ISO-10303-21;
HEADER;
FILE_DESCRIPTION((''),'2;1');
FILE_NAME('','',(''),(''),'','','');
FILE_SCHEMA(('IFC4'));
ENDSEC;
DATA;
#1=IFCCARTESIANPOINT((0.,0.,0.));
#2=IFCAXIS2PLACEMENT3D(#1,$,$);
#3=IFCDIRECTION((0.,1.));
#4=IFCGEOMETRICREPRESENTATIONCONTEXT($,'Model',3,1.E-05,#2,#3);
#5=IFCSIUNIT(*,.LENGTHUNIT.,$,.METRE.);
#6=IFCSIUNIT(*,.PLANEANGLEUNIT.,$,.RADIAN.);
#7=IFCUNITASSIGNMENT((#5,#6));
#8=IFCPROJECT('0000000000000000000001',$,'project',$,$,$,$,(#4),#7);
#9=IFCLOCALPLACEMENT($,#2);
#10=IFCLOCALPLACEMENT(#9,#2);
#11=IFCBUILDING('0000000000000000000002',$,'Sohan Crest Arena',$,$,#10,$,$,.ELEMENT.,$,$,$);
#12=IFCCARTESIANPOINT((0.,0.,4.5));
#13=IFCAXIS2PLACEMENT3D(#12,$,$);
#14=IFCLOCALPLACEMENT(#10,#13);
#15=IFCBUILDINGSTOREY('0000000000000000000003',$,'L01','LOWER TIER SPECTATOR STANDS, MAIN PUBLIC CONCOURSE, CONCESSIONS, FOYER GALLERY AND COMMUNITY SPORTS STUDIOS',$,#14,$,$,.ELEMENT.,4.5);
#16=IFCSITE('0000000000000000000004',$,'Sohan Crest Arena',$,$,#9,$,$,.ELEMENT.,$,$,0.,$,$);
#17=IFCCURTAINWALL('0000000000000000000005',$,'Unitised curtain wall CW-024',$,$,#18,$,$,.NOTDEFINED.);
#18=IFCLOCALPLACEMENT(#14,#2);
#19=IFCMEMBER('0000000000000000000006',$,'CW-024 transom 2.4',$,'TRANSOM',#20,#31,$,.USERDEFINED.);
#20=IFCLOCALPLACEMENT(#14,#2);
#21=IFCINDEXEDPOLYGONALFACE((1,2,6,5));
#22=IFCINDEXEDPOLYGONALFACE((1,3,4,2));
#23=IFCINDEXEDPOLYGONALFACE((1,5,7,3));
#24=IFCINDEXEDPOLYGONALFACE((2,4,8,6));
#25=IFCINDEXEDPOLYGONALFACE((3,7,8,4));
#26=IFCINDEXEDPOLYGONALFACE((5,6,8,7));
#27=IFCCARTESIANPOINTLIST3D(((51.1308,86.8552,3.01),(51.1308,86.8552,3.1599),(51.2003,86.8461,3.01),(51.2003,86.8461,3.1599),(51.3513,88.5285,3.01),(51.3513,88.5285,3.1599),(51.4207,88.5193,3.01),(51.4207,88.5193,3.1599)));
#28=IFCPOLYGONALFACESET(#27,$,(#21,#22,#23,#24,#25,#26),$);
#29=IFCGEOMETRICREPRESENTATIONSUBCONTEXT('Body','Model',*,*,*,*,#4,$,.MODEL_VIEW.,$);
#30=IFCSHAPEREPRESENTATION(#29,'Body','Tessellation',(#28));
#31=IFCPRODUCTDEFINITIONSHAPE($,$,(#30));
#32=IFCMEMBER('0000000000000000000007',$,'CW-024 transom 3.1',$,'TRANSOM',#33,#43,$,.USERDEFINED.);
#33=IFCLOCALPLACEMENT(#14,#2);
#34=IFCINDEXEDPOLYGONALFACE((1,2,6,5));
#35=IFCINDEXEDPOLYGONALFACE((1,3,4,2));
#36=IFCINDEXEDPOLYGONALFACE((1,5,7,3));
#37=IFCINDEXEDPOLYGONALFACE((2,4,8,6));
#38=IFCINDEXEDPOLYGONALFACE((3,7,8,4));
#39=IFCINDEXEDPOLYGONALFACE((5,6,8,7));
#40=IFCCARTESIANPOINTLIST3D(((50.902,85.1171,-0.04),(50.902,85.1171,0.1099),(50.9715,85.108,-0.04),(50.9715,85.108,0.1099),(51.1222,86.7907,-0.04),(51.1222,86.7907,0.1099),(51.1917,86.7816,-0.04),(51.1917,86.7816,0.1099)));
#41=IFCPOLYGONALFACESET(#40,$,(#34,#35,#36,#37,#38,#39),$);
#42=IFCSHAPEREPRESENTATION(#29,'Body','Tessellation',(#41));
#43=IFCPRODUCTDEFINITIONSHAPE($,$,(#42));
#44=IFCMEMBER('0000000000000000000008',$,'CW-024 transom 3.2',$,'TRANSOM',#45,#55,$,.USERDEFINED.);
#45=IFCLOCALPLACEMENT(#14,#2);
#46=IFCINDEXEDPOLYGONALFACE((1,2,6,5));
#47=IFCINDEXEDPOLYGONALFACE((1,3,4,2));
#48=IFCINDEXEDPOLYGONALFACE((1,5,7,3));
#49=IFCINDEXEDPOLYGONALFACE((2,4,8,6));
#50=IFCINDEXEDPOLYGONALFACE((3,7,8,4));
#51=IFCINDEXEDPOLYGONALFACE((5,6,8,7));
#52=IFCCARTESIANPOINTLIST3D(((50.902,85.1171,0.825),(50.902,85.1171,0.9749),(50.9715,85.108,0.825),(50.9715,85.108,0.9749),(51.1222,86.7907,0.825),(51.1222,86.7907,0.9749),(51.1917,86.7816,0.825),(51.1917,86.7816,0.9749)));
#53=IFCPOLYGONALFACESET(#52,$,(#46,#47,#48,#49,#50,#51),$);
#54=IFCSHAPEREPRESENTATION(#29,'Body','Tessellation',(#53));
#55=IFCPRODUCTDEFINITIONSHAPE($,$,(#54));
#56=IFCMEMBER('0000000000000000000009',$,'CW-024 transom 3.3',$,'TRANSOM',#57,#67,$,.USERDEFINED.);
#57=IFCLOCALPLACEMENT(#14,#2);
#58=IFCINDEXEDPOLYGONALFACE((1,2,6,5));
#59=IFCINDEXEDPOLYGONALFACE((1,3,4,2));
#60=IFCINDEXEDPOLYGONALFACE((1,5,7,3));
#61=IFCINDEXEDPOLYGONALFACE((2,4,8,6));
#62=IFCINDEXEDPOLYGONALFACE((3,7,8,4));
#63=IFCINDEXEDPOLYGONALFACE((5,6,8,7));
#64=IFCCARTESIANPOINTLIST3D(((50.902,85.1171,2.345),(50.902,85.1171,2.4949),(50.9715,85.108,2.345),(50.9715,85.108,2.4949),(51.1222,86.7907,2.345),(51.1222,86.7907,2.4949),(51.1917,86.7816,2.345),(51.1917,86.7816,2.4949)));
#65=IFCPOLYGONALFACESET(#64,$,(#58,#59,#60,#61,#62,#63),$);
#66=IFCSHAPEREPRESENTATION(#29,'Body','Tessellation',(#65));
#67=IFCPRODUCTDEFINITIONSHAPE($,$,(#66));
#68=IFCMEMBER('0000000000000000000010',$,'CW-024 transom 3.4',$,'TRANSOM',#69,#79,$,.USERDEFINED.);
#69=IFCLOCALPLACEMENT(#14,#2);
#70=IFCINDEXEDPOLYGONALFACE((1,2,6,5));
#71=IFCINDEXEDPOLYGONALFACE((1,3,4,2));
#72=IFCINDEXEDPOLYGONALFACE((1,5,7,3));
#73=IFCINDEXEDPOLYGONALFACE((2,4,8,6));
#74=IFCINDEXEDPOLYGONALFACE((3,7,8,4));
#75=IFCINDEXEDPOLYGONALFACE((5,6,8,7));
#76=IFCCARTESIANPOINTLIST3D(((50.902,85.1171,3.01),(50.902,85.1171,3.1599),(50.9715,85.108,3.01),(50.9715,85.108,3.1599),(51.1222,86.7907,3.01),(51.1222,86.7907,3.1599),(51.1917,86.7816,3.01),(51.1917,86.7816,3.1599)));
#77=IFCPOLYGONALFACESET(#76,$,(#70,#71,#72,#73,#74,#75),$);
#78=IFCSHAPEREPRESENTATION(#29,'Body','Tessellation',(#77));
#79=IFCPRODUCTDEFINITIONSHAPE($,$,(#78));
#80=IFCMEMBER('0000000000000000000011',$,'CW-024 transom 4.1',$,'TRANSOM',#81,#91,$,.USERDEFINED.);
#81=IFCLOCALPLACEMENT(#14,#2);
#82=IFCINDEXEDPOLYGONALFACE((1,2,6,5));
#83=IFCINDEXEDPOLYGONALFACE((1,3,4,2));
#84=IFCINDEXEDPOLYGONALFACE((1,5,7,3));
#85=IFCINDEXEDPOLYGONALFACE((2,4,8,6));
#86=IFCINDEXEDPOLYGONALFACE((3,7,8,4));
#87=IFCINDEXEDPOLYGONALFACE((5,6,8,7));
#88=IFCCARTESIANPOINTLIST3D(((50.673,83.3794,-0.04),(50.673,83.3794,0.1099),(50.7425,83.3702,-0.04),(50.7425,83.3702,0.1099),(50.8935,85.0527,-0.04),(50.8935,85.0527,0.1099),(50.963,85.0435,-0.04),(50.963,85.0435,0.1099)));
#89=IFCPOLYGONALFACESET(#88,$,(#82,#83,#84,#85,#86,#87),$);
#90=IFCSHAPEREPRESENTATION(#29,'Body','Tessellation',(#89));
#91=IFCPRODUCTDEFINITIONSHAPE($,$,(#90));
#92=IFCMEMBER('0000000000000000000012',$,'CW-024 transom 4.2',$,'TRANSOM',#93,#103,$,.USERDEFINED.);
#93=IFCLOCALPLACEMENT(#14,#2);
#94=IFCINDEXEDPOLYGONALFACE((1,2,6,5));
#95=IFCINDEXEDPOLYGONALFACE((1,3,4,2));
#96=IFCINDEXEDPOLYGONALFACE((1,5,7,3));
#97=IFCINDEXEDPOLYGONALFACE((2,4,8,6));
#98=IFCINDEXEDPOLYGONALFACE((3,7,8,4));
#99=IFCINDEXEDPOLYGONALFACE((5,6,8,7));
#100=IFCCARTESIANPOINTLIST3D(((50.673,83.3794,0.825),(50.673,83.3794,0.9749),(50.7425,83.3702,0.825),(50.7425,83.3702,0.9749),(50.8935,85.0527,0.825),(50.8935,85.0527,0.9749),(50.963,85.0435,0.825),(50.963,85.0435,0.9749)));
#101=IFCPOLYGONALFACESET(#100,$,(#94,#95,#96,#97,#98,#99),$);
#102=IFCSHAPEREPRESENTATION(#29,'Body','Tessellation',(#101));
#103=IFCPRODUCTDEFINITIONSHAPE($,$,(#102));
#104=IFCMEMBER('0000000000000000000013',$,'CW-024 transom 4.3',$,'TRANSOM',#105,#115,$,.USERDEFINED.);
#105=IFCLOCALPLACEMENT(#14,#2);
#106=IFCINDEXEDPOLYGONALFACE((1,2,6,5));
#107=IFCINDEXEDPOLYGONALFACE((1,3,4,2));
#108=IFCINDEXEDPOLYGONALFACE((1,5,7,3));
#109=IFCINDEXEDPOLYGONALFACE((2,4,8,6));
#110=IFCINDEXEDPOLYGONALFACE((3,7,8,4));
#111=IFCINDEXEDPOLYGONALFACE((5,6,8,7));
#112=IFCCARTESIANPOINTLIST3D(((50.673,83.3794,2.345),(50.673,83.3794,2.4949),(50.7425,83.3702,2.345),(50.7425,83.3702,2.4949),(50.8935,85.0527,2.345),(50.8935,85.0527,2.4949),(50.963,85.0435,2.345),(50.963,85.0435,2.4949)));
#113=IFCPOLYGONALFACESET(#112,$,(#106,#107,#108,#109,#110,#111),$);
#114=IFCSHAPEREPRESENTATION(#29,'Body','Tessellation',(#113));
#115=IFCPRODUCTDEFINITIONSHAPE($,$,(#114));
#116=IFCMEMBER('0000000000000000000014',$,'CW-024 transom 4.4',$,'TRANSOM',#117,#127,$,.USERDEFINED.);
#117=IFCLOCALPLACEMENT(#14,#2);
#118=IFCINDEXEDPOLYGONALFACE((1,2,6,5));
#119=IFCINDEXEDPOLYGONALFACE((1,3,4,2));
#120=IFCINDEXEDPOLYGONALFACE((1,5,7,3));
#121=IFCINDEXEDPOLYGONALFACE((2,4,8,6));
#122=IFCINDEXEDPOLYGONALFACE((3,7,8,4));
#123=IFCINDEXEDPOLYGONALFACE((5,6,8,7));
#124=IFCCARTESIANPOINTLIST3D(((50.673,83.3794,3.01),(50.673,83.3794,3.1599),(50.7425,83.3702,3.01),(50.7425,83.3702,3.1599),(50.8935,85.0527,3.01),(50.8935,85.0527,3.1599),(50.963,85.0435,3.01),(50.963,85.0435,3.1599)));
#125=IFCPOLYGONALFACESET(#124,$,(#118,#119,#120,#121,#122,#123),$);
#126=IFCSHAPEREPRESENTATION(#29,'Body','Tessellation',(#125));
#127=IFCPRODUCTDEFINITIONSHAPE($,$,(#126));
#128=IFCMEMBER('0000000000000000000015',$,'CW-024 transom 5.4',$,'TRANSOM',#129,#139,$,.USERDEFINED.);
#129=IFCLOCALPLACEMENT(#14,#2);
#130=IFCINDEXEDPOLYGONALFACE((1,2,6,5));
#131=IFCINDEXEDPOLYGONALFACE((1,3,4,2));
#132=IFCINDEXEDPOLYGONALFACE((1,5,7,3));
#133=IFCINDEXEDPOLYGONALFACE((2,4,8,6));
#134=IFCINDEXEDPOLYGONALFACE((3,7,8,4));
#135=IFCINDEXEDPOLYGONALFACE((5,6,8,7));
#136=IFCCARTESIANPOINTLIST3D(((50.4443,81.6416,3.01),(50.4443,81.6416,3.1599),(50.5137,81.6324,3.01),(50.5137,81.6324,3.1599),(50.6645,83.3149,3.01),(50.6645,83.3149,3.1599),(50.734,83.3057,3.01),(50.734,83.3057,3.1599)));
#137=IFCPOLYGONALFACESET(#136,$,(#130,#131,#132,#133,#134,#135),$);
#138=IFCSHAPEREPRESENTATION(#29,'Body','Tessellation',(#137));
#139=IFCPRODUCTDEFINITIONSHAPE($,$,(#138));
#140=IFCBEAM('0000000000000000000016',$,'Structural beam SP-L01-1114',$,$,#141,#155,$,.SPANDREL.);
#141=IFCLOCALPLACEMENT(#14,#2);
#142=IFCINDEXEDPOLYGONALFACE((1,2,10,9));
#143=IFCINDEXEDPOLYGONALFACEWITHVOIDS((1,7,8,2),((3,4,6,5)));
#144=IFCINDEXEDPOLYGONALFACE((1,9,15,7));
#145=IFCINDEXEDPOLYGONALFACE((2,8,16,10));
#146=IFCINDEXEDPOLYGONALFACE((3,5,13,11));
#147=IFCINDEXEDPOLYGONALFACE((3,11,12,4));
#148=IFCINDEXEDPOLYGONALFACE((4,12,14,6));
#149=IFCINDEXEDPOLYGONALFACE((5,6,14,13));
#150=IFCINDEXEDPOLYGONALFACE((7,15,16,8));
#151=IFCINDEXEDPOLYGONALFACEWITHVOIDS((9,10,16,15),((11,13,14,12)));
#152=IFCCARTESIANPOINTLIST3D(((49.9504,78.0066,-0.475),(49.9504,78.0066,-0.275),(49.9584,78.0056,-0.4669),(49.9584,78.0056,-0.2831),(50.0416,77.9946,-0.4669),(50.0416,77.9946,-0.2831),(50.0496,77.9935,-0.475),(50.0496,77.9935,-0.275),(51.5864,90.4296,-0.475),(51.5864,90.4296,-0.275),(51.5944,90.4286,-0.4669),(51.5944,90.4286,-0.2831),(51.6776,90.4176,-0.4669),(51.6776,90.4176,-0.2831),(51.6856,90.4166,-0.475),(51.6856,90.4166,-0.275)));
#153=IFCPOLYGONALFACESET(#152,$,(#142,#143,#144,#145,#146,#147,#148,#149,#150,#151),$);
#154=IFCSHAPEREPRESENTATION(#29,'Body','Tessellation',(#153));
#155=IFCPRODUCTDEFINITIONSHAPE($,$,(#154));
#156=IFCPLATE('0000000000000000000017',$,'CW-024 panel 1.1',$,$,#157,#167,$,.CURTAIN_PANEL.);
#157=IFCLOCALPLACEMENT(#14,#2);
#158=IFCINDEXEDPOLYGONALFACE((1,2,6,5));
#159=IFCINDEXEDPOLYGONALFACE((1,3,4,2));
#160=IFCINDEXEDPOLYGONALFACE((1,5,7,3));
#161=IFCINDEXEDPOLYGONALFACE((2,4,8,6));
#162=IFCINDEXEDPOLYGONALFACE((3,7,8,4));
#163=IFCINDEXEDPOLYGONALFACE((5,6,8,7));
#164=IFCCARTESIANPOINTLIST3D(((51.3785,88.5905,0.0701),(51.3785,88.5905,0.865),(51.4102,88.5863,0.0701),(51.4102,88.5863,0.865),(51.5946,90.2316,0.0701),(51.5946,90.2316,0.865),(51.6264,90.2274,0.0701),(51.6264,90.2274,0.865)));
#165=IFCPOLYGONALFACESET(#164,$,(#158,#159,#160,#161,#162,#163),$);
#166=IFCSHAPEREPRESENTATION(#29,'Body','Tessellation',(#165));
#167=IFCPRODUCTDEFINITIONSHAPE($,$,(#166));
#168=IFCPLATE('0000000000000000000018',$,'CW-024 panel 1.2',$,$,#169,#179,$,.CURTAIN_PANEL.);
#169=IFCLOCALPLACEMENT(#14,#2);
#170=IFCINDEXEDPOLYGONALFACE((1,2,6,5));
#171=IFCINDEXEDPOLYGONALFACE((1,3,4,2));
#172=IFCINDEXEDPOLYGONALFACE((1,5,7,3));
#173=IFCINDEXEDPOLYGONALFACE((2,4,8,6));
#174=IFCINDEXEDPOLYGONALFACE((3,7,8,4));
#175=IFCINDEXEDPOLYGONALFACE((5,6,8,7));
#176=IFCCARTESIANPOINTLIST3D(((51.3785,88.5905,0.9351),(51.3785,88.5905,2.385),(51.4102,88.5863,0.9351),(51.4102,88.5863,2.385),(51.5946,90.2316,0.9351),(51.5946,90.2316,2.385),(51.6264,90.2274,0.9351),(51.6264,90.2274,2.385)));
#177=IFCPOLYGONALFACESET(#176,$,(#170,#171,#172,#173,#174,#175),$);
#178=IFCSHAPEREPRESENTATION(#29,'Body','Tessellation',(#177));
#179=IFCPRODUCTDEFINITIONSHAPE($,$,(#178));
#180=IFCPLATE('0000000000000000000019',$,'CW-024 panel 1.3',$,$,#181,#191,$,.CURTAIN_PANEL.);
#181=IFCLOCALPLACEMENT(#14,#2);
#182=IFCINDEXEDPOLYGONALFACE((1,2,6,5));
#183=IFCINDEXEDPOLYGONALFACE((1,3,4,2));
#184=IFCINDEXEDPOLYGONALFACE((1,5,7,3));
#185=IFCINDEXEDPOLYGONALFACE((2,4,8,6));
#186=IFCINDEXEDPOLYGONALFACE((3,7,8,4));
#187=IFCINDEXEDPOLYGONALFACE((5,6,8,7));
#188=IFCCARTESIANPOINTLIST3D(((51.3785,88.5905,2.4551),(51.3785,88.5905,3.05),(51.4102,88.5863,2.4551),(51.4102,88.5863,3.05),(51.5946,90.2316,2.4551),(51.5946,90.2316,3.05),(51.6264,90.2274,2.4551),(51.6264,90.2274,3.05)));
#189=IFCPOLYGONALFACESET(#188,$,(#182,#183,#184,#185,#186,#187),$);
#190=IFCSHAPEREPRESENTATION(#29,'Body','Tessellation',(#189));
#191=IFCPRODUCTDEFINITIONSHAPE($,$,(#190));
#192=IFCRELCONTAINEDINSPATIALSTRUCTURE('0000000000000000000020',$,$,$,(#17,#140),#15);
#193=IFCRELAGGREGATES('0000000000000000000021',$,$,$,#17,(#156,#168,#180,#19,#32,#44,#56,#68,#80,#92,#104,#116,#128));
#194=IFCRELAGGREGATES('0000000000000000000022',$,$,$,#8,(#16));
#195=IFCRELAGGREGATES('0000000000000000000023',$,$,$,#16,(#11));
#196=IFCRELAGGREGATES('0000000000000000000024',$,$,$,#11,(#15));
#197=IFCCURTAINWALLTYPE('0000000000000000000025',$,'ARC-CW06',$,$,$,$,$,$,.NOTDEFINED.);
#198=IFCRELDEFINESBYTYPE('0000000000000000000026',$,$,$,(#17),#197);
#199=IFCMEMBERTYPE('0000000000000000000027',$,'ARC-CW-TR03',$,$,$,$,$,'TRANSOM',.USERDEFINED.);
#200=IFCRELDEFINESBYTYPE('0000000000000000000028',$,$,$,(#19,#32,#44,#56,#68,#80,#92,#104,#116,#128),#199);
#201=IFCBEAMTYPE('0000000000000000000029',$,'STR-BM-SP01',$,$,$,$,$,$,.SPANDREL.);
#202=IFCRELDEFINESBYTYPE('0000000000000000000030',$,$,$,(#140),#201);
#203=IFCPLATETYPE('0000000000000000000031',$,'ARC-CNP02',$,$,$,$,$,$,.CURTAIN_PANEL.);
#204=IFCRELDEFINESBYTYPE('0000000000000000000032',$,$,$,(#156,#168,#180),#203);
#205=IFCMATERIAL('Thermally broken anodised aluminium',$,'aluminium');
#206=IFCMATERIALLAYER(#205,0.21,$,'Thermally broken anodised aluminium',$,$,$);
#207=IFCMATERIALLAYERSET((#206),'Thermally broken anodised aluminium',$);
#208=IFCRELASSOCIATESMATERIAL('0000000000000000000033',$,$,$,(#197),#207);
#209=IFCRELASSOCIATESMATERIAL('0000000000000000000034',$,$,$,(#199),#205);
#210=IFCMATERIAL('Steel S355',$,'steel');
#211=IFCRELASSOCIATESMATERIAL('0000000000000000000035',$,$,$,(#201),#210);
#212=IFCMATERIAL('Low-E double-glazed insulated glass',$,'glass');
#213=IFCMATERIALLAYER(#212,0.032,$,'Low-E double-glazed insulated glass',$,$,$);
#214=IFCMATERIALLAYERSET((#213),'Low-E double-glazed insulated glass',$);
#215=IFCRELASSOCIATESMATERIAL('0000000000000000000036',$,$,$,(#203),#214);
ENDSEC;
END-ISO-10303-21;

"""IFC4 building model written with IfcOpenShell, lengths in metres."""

from ifc_helpers import new_model, si_unit, direction, frame, origin, origin_2d, place, context, subcontext, project, spatial, rectangle, hollow_rectangle, extrude, material, layer, layer_set, material_profile, profile_set, type_object, element, aggregate, save


model = new_model("IFC4")

# Units and contexts
model_context = context("Model", 3, precision=1e-05, world=origin(), true_north=direction((0.0, 1.0)))
body_context = subcontext(model_context, "Body", "Model", "MODEL_VIEW")
ifc_project = project(units=[si_unit("LENGTHUNIT", "METRE"), si_unit("PLANEANGLEUNIT", "RADIAN")], contexts=[model_context])

# Site, building, storey
site_placement = place(None, origin())
site = spatial("IfcSite", under=ifc_project, at=site_placement, Name="Sohan Crest Arena", CompositionType="ELEMENT", RefElevation=0.0)
building_placement = place(site_placement, origin())
building = spatial("IfcBuilding", under=site, at=building_placement, Name="Sohan Crest Arena", CompositionType="ELEMENT")
storey_placement = place(building_placement, frame((0.0, 0.0, 4.5)))
storey = spatial("IfcBuildingStorey", under=building, at=storey_placement, Name="L01", Description="LOWER TIER SPECTATOR STANDS, MAIN PUBLIC CONCOURSE, CONCESSIONS, FOYER GALLERY AND COMMUNITY SPORTS STUDIOS", CompositionType="ELEMENT", Elevation=4.5)

# Shared definitions
ifc_material_1 = material(Name="Steel S355", Category="steel")

# Curtain wall, members
ifc_material_2 = material(Name="Thermally broken anodised aluminium", Category="aluminium")
ifc_layer_1 = layer(ifc_material_2, 0.21, Name="Thermally broken anodised aluminium")
ifc_layer_set_1 = layer_set([ifc_layer_1], Name="Thermally broken anodised aluminium")
curtain_wall_type = type_object("IfcCurtainWallType", Name="ARC-CW06", PredefinedType="NOTDEFINED", material=ifc_layer_set_1)
curtain_wall_placement = place(storey_placement, origin())
curtain_wall = element("IfcCurtainWall", 1, at=curtain_wall_placement, inside=storey, type_object=curtain_wall_type, Name="Unitised curtain wall CW-024", PredefinedType="NOTDEFINED")
ifc_material_profile_1 = material_profile(ifc_material_2, rectangle(XDim=0.0701, YDim=0.1499, at=origin_2d()), Name="ALU-TRAN 70x150")
ifc_profile_set_1 = profile_set([ifc_material_profile_1], Name="Thermally broken anodised aluminium")
member_type_1 = type_object("IfcMemberType", Name="ARC-CW-TR03", ElementType="TRANSOM", PredefinedType="USERDEFINED", material=ifc_profile_set_1)
member_1_placement = place(storey_placement, frame((51.386, 88.5239, 3.085), z_axis=(-0.130619, -0.991433, 0.0), x_axis=(0.991433, -0.130619, 0.0)))
member_1 = element("IfcMember", 2, at=member_1_placement, type_object=member_type_1, Name="CW-024 transom 2.4", ObjectType="TRANSOM", PredefinedType="USERDEFINED", context=body_context, shape_type="SweptSolid", body=[
    extrude(rectangle(XDim=0.0701, YDim=0.1499, at=origin_2d()), origin(), (0.0, 0.0, 1.0), 1.6877),
])
member_2_placement = place(storey_placement, frame((51.157, 86.7861, 0.0349), z_axis=(-0.130458, -0.991454, 0.0), x_axis=(0.991454, -0.130458, 0.0)))
member_2 = element("IfcMember", 3, at=member_2_placement, type_object=member_type_1, Name="CW-024 transom 3.1", ObjectType="TRANSOM", PredefinedType="USERDEFINED", context=body_context, shape_type="SweptSolid", body=[
    extrude(rectangle(XDim=0.0701, YDim=0.1499, at=origin_2d()), origin(), (0.0, 0.0, 1.0), 1.688),
])
member_3_placement = place(storey_placement, frame((51.157, 86.7861, 0.8999), z_axis=(-0.130458, -0.991454, 0.0), x_axis=(0.991454, -0.130458, 0.0)))
member_3 = element("IfcMember", 4, at=member_3_placement, type_object=member_type_1, Name="CW-024 transom 3.2", ObjectType="TRANSOM", PredefinedType="USERDEFINED", context=body_context, shape_type="SweptSolid", body=[
    extrude(rectangle(XDim=0.0701, YDim=0.1499, at=origin_2d()), origin(), (0.0, 0.0, 1.0), 1.688),
])
member_4_placement = place(storey_placement, frame((51.157, 86.7861, 2.4199), z_axis=(-0.130458, -0.991454, 0.0), x_axis=(0.991454, -0.130458, 0.0)))
member_4 = element("IfcMember", 5, at=member_4_placement, type_object=member_type_1, Name="CW-024 transom 3.3", ObjectType="TRANSOM", PredefinedType="USERDEFINED", context=body_context, shape_type="SweptSolid", body=[
    extrude(rectangle(XDim=0.0701, YDim=0.1499, at=origin_2d()), origin(), (0.0, 0.0, 1.0), 1.688),
])
member_5_placement = place(storey_placement, frame((51.157, 86.7861, 3.085), z_axis=(-0.130458, -0.991454, 0.0), x_axis=(0.991454, -0.130458, 0.0)))
member_5 = element("IfcMember", 6, at=member_5_placement, type_object=member_type_1, Name="CW-024 transom 3.4", ObjectType="TRANSOM", PredefinedType="USERDEFINED", context=body_context, shape_type="SweptSolid", body=[
    extrude(rectangle(XDim=0.0701, YDim=0.1499, at=origin_2d()), origin(), (0.0, 0.0, 1.0), 1.688),
])
member_6_placement = place(storey_placement, frame((50.9282, 85.0481, 0.0349), z_axis=(-0.130619, -0.991433, 0.0), x_axis=(0.991433, -0.130619, 0.0)))
member_6 = element("IfcMember", 7, at=member_6_placement, type_object=member_type_1, Name="CW-024 transom 4.1", ObjectType="TRANSOM", PredefinedType="USERDEFINED", context=body_context, shape_type="SweptSolid", body=[
    extrude(rectangle(XDim=0.0701, YDim=0.1499, at=origin_2d()), origin(), (0.0, 0.0, 1.0), 1.6877),
])
member_7_placement = place(storey_placement, frame((50.9282, 85.0481, 0.8999), z_axis=(-0.130619, -0.991433, 0.0), x_axis=(0.991433, -0.130619, 0.0)))
member_7 = element("IfcMember", 8, at=member_7_placement, type_object=member_type_1, Name="CW-024 transom 4.2", ObjectType="TRANSOM", PredefinedType="USERDEFINED", context=body_context, shape_type="SweptSolid", body=[
    extrude(rectangle(XDim=0.0701, YDim=0.1499, at=origin_2d()), origin(), (0.0, 0.0, 1.0), 1.6877),
])
member_8_placement = place(storey_placement, frame((50.9282, 85.0481, 2.4199), z_axis=(-0.130619, -0.991433, 0.0), x_axis=(0.991433, -0.130619, 0.0)))
member_8 = element("IfcMember", 9, at=member_8_placement, type_object=member_type_1, Name="CW-024 transom 4.3", ObjectType="TRANSOM", PredefinedType="USERDEFINED", context=body_context, shape_type="SweptSolid", body=[
    extrude(rectangle(XDim=0.0701, YDim=0.1499, at=origin_2d()), origin(), (0.0, 0.0, 1.0), 1.6877),
])
member_9_placement = place(storey_placement, frame((50.9282, 85.0481, 3.085), z_axis=(-0.130619, -0.991433, 0.0), x_axis=(0.991433, -0.130619, 0.0)))
member_9 = element("IfcMember", 10, at=member_9_placement, type_object=member_type_1, Name="CW-024 transom 4.4", ObjectType="TRANSOM", PredefinedType="USERDEFINED", context=body_context, shape_type="SweptSolid", body=[
    extrude(rectangle(XDim=0.0701, YDim=0.1499, at=origin_2d()), origin(), (0.0, 0.0, 1.0), 1.6877),
])
member_10_placement = place(storey_placement, frame((50.6992, 83.3103, 3.085), z_axis=(-0.130477, -0.991451, 0.0), x_axis=(0.991451, -0.130477, 0.0)))
member_10 = element("IfcMember", 11, at=member_10_placement, type_object=member_type_1, Name="CW-024 transom 5.4", ObjectType="TRANSOM", PredefinedType="USERDEFINED", context=body_context, shape_type="SweptSolid", body=[
    extrude(rectangle(XDim=0.0701, YDim=0.1499, at=origin_2d()), origin(), (0.0, 0.0, 1.0), 1.6877),
])

# Beam
ifc_material_profile_2 = material_profile(ifc_material_1, hollow_rectangle(XDim=0.1001, YDim=0.2, WallThickness=0.0081, at=origin_2d()), Name="RHS 200x100x8")
ifc_profile_set_2 = profile_set([ifc_material_profile_2], Name="Steel S355")
beam_type = type_object("IfcBeamType", Name="STR-BM-SP01", PredefinedType="SPANDREL", material=ifc_profile_set_2)
beam_placement = place(storey_placement, frame((51.636, 90.4231, -0.375), z_axis=(-0.130562, -0.99144, 0.0), x_axis=(0.99144, -0.130562, 0.0)))
element("IfcBeam", 12, at=beam_placement, inside=storey, type_object=beam_type, Name="Structural beam SP-L01-1114", PredefinedType="SPANDREL", context=body_context, shape_type="SweptSolid", body=[
    extrude(hollow_rectangle(XDim=0.1001, YDim=0.2, WallThickness=0.0081, at=origin_2d()), origin(), (0.0, 0.0, 1.0), 12.5303),
])

# Plates
ifc_material_3 = material(Name="Low-E double-glazed insulated glass", Category="glass")
ifc_layer_2 = layer(ifc_material_3, 0.032, Name="Low-E double-glazed insulated glass")
ifc_layer_set_2 = layer_set([ifc_layer_2], Name="Low-E double-glazed insulated glass")
plate_type = type_object("IfcPlateType", Name="ARC-CNP02", PredefinedType="CURTAIN_PANEL", material=ifc_layer_set_2)
plate_1_placement = place(storey_placement, frame((51.5024, 89.4089, 0.0701), z_axis=(0.0, 0.0, 1.0), x_axis=(-0.130562, -0.99144, 0.0)))
plate_1 = element("IfcPlate", 13, at=plate_1_placement, type_object=plate_type, Name="CW-024 panel 1.1", PredefinedType="CURTAIN_PANEL", context=body_context, shape_type="SweptSolid", body=[
    extrude(rectangle(XDim=1.6553, YDim=0.032, at=origin_2d()), origin(), (0.0, 0.0, 1.0), 0.7949),
])
plate_2_placement = place(storey_placement, frame((51.5024, 89.4089, 0.9351), z_axis=(0.0, 0.0, 1.0), x_axis=(-0.130562, -0.99144, 0.0)))
plate_2 = element("IfcPlate", 14, at=plate_2_placement, type_object=plate_type, Name="CW-024 panel 1.2", PredefinedType="CURTAIN_PANEL", context=body_context, shape_type="SweptSolid", body=[
    extrude(rectangle(XDim=1.6553, YDim=0.032, at=origin_2d()), origin(), (0.0, 0.0, 1.0), 1.45),
])
plate_3_placement = place(storey_placement, frame((51.5024, 89.4089, 2.4551), z_axis=(0.0, 0.0, 1.0), x_axis=(-0.130562, -0.99144, 0.0)))
plate_3 = element("IfcPlate", 15, at=plate_3_placement, type_object=plate_type, Name="CW-024 panel 1.3", PredefinedType="CURTAIN_PANEL", context=body_context, shape_type="SweptSolid", body=[
    extrude(rectangle(XDim=1.6553, YDim=0.032, at=origin_2d()), origin(), (0.0, 0.0, 1.0), 0.595),
])
aggregate(curtain_wall, [plate_1, plate_2, plate_3, member_1, member_2, member_3, member_4, member_5, member_6, member_7, member_8, member_9, member_10])

save(model, "model.ifc")
